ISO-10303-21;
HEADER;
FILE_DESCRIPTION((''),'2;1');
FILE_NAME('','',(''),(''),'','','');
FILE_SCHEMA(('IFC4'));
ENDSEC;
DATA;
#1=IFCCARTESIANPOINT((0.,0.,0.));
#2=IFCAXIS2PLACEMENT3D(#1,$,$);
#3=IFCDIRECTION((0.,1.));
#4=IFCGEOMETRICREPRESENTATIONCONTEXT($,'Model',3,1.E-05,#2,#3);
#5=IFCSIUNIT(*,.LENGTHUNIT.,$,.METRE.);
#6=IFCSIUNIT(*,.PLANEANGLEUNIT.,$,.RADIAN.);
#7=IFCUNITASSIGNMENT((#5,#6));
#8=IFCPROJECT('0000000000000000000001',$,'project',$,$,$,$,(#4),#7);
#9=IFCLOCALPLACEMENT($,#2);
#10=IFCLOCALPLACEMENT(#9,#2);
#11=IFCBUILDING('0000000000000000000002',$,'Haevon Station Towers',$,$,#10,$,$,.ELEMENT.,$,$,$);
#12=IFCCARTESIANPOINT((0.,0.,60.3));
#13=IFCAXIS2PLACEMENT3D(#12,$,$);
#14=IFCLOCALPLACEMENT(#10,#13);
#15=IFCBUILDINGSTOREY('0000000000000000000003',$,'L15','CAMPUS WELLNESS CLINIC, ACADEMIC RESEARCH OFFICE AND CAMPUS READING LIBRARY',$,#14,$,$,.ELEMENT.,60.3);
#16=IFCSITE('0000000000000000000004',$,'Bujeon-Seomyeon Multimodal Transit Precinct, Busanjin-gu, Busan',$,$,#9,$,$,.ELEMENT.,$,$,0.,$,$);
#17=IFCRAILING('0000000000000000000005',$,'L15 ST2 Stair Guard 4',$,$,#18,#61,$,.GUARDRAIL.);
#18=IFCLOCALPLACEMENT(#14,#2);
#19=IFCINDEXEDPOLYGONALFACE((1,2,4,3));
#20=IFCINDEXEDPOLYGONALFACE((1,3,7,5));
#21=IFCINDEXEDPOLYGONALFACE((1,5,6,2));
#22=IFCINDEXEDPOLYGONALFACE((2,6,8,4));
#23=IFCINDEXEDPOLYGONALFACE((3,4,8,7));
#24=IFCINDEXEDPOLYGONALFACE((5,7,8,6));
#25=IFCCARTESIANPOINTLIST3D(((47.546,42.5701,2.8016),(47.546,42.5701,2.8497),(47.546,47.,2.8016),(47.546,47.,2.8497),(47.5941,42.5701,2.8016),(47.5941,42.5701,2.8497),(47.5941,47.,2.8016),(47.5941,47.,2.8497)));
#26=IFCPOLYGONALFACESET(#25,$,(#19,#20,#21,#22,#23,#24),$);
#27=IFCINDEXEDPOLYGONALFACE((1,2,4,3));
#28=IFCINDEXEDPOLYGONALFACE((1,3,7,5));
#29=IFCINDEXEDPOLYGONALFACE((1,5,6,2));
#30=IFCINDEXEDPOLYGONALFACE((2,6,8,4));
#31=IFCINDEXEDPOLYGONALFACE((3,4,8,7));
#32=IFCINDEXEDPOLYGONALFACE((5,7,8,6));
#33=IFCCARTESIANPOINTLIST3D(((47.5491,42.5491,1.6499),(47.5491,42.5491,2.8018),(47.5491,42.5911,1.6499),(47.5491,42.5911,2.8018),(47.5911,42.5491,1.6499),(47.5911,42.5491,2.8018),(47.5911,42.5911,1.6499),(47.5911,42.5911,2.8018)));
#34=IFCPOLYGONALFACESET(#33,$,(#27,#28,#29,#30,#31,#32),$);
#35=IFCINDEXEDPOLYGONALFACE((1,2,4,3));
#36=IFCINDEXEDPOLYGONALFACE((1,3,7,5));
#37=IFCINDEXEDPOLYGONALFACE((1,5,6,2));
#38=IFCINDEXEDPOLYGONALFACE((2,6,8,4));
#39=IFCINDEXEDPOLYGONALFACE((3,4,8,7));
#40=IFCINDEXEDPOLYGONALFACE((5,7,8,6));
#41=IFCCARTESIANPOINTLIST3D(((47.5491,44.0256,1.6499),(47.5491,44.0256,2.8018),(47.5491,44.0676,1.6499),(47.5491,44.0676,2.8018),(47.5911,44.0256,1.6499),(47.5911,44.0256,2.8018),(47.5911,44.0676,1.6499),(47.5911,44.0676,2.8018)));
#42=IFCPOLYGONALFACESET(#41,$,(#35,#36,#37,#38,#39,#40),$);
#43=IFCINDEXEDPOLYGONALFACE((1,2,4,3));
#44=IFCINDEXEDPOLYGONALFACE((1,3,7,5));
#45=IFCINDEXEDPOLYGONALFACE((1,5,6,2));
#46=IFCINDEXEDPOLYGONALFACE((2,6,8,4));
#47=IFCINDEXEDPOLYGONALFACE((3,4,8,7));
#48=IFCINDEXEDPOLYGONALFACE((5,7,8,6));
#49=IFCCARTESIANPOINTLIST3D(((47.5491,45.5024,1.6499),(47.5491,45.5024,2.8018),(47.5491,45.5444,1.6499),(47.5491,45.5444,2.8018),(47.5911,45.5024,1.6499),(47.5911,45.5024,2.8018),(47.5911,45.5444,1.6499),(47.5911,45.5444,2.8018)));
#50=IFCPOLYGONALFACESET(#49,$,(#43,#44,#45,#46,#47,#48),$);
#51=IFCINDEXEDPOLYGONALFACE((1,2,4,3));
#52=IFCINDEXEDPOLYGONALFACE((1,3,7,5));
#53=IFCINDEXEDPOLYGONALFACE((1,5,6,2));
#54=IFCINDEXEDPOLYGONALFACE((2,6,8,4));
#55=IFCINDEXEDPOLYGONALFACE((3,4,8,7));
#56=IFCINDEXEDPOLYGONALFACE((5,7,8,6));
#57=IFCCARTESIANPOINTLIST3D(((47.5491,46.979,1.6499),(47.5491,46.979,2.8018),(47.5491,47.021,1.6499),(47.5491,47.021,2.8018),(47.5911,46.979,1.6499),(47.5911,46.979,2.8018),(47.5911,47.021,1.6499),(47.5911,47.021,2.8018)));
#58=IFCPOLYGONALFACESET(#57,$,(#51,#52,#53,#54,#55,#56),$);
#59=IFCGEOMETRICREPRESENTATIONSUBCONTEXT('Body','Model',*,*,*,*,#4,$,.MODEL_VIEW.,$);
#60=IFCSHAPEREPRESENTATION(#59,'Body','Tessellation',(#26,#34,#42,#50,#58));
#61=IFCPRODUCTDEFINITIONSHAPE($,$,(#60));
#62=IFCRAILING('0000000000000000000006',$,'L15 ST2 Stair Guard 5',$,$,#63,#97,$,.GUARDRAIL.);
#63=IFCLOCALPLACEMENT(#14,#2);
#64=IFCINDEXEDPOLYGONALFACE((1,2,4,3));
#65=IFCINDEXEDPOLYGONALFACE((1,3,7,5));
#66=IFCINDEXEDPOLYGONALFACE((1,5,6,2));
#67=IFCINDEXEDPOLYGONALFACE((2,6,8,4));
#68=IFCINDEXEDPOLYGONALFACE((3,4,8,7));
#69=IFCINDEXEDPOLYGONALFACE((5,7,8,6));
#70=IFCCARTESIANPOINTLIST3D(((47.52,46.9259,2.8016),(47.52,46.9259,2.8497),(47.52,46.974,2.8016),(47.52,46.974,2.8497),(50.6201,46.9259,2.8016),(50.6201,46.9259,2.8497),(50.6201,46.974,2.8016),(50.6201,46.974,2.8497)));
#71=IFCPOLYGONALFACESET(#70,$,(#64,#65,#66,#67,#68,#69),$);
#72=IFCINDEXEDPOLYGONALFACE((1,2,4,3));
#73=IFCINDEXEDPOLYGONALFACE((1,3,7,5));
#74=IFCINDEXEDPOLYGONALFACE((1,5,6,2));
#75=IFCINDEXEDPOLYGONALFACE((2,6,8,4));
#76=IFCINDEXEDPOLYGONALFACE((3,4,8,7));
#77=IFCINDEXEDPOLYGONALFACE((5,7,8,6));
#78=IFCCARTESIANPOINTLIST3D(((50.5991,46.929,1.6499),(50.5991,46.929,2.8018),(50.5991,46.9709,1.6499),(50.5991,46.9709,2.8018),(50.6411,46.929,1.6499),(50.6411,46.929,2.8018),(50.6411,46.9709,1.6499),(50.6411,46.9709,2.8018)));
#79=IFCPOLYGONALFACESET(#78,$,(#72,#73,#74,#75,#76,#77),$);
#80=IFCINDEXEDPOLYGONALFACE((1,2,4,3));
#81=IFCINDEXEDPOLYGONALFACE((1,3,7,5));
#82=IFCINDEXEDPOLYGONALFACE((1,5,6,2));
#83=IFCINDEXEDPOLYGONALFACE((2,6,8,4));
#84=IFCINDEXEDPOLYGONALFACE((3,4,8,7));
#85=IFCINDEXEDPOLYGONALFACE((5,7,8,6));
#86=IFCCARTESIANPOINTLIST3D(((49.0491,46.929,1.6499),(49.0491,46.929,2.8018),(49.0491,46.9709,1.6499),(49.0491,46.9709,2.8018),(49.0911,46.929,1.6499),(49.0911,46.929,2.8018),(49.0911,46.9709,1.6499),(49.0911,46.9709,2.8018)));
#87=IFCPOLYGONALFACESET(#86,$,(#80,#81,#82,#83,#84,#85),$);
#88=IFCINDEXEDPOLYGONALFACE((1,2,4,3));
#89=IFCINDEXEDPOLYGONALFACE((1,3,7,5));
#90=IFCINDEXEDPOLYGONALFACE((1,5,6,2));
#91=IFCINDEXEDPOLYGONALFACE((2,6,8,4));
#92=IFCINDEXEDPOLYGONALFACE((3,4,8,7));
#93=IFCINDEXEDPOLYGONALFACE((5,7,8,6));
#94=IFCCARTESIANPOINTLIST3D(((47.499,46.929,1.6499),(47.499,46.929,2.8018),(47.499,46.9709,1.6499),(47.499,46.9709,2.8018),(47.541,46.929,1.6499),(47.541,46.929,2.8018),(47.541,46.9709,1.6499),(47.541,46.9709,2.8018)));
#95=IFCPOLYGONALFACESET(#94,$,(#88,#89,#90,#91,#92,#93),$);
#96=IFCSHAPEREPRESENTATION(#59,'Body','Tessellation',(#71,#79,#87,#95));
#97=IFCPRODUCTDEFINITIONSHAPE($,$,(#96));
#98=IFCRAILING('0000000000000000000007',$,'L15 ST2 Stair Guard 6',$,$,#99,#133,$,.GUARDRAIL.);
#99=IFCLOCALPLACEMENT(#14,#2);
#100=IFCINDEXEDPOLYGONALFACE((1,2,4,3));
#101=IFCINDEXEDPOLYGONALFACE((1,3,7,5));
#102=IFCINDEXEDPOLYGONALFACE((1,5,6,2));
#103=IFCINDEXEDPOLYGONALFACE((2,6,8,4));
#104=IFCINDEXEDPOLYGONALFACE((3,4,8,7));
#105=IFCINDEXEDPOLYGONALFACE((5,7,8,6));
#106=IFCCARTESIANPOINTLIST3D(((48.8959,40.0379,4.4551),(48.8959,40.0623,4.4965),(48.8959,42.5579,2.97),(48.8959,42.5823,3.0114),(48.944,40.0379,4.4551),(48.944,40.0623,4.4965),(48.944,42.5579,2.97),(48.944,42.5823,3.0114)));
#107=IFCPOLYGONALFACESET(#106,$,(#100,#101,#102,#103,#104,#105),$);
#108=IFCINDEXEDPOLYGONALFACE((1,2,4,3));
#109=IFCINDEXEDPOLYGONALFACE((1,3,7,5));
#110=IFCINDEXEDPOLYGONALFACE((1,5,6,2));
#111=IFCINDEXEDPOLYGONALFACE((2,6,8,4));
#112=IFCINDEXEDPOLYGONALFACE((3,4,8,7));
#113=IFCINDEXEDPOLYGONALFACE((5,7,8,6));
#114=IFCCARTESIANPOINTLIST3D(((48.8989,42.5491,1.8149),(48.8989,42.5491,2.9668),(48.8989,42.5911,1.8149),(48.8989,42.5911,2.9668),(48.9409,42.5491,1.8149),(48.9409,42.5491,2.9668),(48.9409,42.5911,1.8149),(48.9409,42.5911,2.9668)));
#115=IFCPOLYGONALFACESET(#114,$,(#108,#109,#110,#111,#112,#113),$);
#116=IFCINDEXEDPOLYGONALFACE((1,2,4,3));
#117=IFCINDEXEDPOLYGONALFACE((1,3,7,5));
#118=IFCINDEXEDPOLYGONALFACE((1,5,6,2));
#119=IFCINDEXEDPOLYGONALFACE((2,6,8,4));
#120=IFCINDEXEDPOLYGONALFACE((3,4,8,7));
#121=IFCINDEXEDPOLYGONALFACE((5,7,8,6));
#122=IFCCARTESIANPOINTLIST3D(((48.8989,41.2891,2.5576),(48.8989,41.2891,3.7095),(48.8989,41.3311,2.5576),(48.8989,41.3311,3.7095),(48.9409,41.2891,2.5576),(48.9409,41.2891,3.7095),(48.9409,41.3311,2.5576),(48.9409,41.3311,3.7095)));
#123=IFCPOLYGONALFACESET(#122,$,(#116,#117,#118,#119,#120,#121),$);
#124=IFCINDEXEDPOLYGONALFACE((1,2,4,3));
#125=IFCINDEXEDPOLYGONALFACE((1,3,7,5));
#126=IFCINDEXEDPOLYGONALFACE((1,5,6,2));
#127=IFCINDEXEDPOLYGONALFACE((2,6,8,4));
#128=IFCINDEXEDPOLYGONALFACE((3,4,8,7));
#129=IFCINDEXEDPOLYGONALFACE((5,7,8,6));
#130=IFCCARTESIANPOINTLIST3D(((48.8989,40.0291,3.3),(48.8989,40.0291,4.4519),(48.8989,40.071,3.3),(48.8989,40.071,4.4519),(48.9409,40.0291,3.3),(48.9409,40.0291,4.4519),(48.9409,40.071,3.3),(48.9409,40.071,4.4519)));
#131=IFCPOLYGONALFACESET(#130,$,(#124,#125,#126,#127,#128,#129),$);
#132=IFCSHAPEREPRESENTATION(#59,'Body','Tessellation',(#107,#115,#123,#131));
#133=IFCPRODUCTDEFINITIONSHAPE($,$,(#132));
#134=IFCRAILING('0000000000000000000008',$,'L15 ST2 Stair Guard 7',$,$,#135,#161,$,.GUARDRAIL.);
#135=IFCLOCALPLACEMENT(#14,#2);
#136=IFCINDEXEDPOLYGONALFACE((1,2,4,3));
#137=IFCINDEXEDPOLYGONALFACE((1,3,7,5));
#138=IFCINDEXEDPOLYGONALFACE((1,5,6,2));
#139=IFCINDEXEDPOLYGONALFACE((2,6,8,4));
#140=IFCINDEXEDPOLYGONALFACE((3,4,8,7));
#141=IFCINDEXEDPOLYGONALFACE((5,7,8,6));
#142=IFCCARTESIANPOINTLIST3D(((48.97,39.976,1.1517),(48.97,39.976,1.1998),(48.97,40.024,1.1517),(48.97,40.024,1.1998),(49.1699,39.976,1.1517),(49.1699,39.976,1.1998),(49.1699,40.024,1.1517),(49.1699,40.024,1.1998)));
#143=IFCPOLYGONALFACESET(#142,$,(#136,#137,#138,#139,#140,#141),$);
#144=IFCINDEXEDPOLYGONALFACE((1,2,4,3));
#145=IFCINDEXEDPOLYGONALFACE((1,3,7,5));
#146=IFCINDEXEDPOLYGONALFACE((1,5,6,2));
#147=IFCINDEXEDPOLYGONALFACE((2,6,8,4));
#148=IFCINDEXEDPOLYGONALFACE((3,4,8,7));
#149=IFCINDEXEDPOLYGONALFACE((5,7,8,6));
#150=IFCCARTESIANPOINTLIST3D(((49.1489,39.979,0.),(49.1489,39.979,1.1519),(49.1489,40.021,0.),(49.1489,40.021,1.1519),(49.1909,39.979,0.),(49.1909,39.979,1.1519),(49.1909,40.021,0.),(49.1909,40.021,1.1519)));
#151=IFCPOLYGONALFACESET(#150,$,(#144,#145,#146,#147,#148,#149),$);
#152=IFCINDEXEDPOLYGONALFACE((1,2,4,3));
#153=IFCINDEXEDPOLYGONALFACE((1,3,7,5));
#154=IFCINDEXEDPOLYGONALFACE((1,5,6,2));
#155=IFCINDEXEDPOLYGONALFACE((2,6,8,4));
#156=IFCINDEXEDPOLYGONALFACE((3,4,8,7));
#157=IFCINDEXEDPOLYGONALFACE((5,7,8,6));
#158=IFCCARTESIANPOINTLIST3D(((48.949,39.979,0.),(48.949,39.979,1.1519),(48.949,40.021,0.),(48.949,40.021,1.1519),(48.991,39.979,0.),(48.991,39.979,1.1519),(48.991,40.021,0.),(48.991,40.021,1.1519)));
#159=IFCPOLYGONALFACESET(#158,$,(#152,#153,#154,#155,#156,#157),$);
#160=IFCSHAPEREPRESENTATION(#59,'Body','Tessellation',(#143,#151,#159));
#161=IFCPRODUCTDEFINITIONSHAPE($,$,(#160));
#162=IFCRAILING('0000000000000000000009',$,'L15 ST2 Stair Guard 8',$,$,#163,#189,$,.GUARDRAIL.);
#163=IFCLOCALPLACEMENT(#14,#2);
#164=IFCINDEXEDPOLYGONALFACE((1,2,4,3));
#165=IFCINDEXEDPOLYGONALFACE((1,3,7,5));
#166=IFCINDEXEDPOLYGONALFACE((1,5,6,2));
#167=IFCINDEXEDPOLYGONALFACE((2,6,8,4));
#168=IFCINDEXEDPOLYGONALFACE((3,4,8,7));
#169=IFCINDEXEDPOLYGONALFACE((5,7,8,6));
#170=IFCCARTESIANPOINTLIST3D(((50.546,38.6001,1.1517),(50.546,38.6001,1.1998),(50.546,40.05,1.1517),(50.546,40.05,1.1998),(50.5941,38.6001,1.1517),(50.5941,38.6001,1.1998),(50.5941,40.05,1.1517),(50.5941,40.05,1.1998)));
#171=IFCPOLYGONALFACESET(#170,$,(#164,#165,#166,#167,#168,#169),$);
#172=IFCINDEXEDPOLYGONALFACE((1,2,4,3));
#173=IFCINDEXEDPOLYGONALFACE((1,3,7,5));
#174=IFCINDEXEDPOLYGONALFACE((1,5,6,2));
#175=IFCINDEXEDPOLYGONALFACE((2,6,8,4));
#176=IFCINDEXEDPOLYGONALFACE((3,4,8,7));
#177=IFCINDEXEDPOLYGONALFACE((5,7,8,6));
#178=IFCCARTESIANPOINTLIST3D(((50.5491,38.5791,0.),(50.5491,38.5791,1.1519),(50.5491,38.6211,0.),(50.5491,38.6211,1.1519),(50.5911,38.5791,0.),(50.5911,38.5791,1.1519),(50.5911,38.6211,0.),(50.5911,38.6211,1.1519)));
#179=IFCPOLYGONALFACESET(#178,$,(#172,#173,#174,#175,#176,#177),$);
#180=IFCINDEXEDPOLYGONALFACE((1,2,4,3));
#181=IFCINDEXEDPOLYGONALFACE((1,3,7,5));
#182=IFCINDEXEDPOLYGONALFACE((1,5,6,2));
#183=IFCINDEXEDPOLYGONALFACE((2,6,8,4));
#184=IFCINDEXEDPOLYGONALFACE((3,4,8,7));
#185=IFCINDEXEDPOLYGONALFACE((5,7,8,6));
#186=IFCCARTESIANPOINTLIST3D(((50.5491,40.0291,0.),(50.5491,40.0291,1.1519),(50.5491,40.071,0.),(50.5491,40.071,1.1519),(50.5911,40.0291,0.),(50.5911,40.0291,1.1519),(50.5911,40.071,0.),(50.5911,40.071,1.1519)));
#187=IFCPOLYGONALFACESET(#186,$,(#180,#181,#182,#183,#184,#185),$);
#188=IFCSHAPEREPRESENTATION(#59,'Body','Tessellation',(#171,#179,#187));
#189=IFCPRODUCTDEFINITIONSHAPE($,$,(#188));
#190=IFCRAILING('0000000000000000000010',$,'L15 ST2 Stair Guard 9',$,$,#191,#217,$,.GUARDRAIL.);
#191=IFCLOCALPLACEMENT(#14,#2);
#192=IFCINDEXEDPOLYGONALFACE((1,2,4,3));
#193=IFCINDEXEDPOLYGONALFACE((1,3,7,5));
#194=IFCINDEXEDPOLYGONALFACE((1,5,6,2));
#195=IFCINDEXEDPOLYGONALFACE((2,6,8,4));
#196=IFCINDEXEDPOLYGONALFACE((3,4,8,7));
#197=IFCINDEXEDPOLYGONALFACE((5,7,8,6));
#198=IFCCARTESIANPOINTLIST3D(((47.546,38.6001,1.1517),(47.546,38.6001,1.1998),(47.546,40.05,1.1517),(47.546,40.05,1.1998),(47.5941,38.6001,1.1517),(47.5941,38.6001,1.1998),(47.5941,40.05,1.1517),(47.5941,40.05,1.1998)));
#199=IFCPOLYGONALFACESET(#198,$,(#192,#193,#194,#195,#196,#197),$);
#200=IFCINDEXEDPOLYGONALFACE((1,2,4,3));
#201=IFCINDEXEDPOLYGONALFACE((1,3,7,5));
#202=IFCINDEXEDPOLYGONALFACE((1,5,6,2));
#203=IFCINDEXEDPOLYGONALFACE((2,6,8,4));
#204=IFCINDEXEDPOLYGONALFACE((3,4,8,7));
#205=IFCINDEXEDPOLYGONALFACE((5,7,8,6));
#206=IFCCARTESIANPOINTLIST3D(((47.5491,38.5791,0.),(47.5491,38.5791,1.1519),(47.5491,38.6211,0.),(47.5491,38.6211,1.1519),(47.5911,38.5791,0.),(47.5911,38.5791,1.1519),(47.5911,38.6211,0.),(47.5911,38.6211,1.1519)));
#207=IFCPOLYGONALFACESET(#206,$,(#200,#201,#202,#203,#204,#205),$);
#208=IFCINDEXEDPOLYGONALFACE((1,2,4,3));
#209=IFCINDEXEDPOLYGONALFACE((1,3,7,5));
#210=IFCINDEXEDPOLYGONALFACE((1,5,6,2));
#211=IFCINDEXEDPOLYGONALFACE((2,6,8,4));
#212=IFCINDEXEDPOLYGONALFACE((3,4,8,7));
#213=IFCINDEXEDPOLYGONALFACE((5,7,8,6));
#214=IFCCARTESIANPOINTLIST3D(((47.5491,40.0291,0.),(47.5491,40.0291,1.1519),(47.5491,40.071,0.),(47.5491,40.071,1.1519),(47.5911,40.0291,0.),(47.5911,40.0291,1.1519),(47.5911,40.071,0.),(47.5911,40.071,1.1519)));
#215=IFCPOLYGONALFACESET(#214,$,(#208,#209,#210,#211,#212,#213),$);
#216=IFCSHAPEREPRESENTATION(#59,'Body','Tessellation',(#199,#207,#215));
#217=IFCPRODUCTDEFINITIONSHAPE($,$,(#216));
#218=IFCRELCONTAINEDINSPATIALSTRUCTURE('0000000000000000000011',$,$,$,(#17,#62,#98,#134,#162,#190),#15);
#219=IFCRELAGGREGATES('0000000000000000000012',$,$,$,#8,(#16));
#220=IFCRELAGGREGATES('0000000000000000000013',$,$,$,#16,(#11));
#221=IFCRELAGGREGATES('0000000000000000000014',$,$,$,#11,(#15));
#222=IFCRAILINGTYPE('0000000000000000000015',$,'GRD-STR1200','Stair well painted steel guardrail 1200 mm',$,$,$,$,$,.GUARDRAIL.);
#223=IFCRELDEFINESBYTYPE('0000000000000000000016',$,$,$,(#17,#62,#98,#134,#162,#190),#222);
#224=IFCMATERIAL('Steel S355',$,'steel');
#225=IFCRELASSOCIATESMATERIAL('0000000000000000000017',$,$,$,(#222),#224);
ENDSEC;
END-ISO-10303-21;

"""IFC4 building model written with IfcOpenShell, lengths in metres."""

from ifc_helpers import new_model, si_unit, direction, frame, origin, origin_2d, place, context, subcontext, project, spatial, rectangle, extrude, material, type_object, element, save


model = new_model("IFC4")

# Units and contexts
model_context = context("Model", 3, precision=1e-05, world=origin(), true_north=direction((0.0, 1.0)))
body_context = subcontext(model_context, "Body", "Model", "MODEL_VIEW")
ifc_project = project(units=[si_unit("LENGTHUNIT", "METRE"), si_unit("PLANEANGLEUNIT", "RADIAN")], contexts=[model_context])

# Site, building, storey
site_placement = place(None, origin())
site = spatial("IfcSite", under=ifc_project, at=site_placement, Name="Bujeon-Seomyeon Multimodal Transit Precinct, Busanjin-gu, Busan", CompositionType="ELEMENT", RefElevation=0.0)
building_placement = place(site_placement, origin())
building = spatial("IfcBuilding", under=site, at=building_placement, Name="Haevon Station Towers", CompositionType="ELEMENT")
storey_placement = place(building_placement, frame((0.0, 0.0, 60.3)))
storey = spatial("IfcBuildingStorey", under=building, at=storey_placement, Name="L15", Description="CAMPUS WELLNESS CLINIC, ACADEMIC RESEARCH OFFICE AND CAMPUS READING LIBRARY", CompositionType="ELEMENT", Elevation=60.3)

# Shared definitions
ifc_material_1 = material(Name="Steel S355", Category="steel")

# Railings
railing_type_1 = type_object("IfcRailingType", Name="GRD-STR1200", Description="Stair well painted steel guardrail 1200 mm", PredefinedType="GUARDRAIL", material=ifc_material_1)
for number, where, name in (
    (1, (47.5701, 42.5701, 1.6499), "L15 ST2 Stair Guard 4"),
):
    element("IfcRailing", number, at=place(storey_placement, frame(where)), inside=storey, type_object=railing_type_1, Name=name, PredefinedType="GUARDRAIL", context=body_context, shape_type="SweptSolid", body=[
        extrude(rectangle(XDim=0.0481, YDim=0.0481, at=origin_2d()), frame((0.0, 0.0, 1.1758), z_axis=(0.0, 1.0, 0.0), x_axis=(-1.0, 0.0, 0.0)), (0.0, 0.0, 1.0), 4.4299),
        extrude(rectangle(XDim=0.042, YDim=0.042, at=origin_2d()), origin(), (0.0, 0.0, 1.0), 1.1519),
        extrude(rectangle(XDim=0.042, YDim=0.042, at=origin_2d()), frame((0.0, 1.4766, 0.0)), (0.0, 0.0, 1.0), 1.1519),
        extrude(rectangle(XDim=0.042, YDim=0.042, at=origin_2d()), frame((0.0, 2.9534, 0.0)), (0.0, 0.0, 1.0), 1.1519),
        extrude(rectangle(XDim=0.042, YDim=0.042, at=origin_2d()), frame((0.0, 4.4299, 0.0)), (0.0, 0.0, 1.0), 1.1519),
    ])
railing_1_placement = place(storey_placement, frame((50.6201, 46.95, 1.6499)))
element("IfcRailing", 2, at=railing_1_placement, inside=storey, type_object=railing_type_1, Name="L15 ST2 Stair Guard 5", PredefinedType="GUARDRAIL", context=body_context, shape_type="SweptSolid", body=[
    extrude(rectangle(XDim=0.0481, YDim=0.0481, at=origin_2d()), frame((0.0, 0.0, 1.1758), z_axis=(-1.0, 0.0, 0.0), x_axis=(0.0, -1.0, 0.0)), (0.0, 0.0, 1.0), 3.1001),
    extrude(rectangle(XDim=0.042, YDim=0.042, at=origin_2d()), origin(), (0.0, 0.0, 1.0), 1.1519),
    extrude(rectangle(XDim=0.042, YDim=0.042, at=origin_2d()), frame((-1.55, 0.0, 0.0)), (0.0, 0.0, 1.0), 1.1519),
    extrude(rectangle(XDim=0.042, YDim=0.042, at=origin_2d()), frame((-3.1001, 0.0, 0.0)), (0.0, 0.0, 1.0), 1.1519),
])
railing_2_placement = place(storey_placement, frame((48.9199, 42.5701, 1.8149)))
element("IfcRailing", 3, at=railing_2_placement, inside=storey, type_object=railing_type_1, Name="L15 ST2 Stair Guard 6", PredefinedType="GUARDRAIL", context=body_context, shape_type="SweptSolid", body=[
    extrude(rectangle(XDim=0.0481, YDim=0.0481, at=origin_2d()), frame((0.0, 0.0, 1.1758), z_axis=(0.0, -0.861524, 0.507717), x_axis=(1.0, 0.0, 0.0)), (0.0, 0.0, 1.0), 2.925),
    extrude(rectangle(XDim=0.042, YDim=0.042, at=origin_2d()), origin(), (0.0, 0.0, 1.0), 1.1519),
    extrude(rectangle(XDim=0.042, YDim=0.042, at=origin_2d()), frame((0.0, -1.26, 0.7427)), (0.0, 0.0, 1.0), 1.1519),
    extrude(rectangle(XDim=0.042, YDim=0.042, at=origin_2d()), frame((0.0, -2.52, 1.4851)), (0.0, 0.0, 1.0), 1.1519),
])
railing_3_placement = place(storey_placement, frame((49.1699, 40.0, 0.0)))
element("IfcRailing", 4, at=railing_3_placement, inside=storey, type_object=railing_type_1, Name="L15 ST2 Stair Guard 7", PredefinedType="GUARDRAIL", context=body_context, shape_type="SweptSolid", body=[
    extrude(rectangle(XDim=0.0481, YDim=0.0481, at=origin_2d()), frame((0.0, 0.0, 1.1758), z_axis=(-1.0, 0.0, 0.0), x_axis=(0.0, -1.0, 0.0)), (0.0, 0.0, 1.0), 0.2),
    extrude(rectangle(XDim=0.042, YDim=0.042, at=origin_2d()), origin(), (0.0, 0.0, 1.0), 1.1519),
    extrude(rectangle(XDim=0.042, YDim=0.042, at=origin_2d()), frame((-0.2, 0.0, 0.0)), (0.0, 0.0, 1.0), 1.1519),
])
for number, where, name in (
    (5, (50.5701, 38.6001, 0.0), "L15 ST2 Stair Guard 8"),
    (6, (47.5701, 38.6001, 0.0), "L15 ST2 Stair Guard 9"),
):
    element("IfcRailing", number, at=place(storey_placement, frame(where)), inside=storey, type_object=railing_type_1, Name=name, PredefinedType="GUARDRAIL", context=body_context, shape_type="SweptSolid", body=[
        extrude(rectangle(XDim=0.0481, YDim=0.0481, at=origin_2d()), frame((0.0, 0.0, 1.1758), z_axis=(0.0, 1.0, 0.0), x_axis=(-1.0, 0.0, 0.0)), (0.0, 0.0, 1.0), 1.45),
        extrude(rectangle(XDim=0.042, YDim=0.042, at=origin_2d()), origin(), (0.0, 0.0, 1.0), 1.1519),
        extrude(rectangle(XDim=0.042, YDim=0.042, at=origin_2d()), frame((0.0, 1.45, 0.0)), (0.0, 0.0, 1.0), 1.1519),
    ])

save(model, "model.ifc")
